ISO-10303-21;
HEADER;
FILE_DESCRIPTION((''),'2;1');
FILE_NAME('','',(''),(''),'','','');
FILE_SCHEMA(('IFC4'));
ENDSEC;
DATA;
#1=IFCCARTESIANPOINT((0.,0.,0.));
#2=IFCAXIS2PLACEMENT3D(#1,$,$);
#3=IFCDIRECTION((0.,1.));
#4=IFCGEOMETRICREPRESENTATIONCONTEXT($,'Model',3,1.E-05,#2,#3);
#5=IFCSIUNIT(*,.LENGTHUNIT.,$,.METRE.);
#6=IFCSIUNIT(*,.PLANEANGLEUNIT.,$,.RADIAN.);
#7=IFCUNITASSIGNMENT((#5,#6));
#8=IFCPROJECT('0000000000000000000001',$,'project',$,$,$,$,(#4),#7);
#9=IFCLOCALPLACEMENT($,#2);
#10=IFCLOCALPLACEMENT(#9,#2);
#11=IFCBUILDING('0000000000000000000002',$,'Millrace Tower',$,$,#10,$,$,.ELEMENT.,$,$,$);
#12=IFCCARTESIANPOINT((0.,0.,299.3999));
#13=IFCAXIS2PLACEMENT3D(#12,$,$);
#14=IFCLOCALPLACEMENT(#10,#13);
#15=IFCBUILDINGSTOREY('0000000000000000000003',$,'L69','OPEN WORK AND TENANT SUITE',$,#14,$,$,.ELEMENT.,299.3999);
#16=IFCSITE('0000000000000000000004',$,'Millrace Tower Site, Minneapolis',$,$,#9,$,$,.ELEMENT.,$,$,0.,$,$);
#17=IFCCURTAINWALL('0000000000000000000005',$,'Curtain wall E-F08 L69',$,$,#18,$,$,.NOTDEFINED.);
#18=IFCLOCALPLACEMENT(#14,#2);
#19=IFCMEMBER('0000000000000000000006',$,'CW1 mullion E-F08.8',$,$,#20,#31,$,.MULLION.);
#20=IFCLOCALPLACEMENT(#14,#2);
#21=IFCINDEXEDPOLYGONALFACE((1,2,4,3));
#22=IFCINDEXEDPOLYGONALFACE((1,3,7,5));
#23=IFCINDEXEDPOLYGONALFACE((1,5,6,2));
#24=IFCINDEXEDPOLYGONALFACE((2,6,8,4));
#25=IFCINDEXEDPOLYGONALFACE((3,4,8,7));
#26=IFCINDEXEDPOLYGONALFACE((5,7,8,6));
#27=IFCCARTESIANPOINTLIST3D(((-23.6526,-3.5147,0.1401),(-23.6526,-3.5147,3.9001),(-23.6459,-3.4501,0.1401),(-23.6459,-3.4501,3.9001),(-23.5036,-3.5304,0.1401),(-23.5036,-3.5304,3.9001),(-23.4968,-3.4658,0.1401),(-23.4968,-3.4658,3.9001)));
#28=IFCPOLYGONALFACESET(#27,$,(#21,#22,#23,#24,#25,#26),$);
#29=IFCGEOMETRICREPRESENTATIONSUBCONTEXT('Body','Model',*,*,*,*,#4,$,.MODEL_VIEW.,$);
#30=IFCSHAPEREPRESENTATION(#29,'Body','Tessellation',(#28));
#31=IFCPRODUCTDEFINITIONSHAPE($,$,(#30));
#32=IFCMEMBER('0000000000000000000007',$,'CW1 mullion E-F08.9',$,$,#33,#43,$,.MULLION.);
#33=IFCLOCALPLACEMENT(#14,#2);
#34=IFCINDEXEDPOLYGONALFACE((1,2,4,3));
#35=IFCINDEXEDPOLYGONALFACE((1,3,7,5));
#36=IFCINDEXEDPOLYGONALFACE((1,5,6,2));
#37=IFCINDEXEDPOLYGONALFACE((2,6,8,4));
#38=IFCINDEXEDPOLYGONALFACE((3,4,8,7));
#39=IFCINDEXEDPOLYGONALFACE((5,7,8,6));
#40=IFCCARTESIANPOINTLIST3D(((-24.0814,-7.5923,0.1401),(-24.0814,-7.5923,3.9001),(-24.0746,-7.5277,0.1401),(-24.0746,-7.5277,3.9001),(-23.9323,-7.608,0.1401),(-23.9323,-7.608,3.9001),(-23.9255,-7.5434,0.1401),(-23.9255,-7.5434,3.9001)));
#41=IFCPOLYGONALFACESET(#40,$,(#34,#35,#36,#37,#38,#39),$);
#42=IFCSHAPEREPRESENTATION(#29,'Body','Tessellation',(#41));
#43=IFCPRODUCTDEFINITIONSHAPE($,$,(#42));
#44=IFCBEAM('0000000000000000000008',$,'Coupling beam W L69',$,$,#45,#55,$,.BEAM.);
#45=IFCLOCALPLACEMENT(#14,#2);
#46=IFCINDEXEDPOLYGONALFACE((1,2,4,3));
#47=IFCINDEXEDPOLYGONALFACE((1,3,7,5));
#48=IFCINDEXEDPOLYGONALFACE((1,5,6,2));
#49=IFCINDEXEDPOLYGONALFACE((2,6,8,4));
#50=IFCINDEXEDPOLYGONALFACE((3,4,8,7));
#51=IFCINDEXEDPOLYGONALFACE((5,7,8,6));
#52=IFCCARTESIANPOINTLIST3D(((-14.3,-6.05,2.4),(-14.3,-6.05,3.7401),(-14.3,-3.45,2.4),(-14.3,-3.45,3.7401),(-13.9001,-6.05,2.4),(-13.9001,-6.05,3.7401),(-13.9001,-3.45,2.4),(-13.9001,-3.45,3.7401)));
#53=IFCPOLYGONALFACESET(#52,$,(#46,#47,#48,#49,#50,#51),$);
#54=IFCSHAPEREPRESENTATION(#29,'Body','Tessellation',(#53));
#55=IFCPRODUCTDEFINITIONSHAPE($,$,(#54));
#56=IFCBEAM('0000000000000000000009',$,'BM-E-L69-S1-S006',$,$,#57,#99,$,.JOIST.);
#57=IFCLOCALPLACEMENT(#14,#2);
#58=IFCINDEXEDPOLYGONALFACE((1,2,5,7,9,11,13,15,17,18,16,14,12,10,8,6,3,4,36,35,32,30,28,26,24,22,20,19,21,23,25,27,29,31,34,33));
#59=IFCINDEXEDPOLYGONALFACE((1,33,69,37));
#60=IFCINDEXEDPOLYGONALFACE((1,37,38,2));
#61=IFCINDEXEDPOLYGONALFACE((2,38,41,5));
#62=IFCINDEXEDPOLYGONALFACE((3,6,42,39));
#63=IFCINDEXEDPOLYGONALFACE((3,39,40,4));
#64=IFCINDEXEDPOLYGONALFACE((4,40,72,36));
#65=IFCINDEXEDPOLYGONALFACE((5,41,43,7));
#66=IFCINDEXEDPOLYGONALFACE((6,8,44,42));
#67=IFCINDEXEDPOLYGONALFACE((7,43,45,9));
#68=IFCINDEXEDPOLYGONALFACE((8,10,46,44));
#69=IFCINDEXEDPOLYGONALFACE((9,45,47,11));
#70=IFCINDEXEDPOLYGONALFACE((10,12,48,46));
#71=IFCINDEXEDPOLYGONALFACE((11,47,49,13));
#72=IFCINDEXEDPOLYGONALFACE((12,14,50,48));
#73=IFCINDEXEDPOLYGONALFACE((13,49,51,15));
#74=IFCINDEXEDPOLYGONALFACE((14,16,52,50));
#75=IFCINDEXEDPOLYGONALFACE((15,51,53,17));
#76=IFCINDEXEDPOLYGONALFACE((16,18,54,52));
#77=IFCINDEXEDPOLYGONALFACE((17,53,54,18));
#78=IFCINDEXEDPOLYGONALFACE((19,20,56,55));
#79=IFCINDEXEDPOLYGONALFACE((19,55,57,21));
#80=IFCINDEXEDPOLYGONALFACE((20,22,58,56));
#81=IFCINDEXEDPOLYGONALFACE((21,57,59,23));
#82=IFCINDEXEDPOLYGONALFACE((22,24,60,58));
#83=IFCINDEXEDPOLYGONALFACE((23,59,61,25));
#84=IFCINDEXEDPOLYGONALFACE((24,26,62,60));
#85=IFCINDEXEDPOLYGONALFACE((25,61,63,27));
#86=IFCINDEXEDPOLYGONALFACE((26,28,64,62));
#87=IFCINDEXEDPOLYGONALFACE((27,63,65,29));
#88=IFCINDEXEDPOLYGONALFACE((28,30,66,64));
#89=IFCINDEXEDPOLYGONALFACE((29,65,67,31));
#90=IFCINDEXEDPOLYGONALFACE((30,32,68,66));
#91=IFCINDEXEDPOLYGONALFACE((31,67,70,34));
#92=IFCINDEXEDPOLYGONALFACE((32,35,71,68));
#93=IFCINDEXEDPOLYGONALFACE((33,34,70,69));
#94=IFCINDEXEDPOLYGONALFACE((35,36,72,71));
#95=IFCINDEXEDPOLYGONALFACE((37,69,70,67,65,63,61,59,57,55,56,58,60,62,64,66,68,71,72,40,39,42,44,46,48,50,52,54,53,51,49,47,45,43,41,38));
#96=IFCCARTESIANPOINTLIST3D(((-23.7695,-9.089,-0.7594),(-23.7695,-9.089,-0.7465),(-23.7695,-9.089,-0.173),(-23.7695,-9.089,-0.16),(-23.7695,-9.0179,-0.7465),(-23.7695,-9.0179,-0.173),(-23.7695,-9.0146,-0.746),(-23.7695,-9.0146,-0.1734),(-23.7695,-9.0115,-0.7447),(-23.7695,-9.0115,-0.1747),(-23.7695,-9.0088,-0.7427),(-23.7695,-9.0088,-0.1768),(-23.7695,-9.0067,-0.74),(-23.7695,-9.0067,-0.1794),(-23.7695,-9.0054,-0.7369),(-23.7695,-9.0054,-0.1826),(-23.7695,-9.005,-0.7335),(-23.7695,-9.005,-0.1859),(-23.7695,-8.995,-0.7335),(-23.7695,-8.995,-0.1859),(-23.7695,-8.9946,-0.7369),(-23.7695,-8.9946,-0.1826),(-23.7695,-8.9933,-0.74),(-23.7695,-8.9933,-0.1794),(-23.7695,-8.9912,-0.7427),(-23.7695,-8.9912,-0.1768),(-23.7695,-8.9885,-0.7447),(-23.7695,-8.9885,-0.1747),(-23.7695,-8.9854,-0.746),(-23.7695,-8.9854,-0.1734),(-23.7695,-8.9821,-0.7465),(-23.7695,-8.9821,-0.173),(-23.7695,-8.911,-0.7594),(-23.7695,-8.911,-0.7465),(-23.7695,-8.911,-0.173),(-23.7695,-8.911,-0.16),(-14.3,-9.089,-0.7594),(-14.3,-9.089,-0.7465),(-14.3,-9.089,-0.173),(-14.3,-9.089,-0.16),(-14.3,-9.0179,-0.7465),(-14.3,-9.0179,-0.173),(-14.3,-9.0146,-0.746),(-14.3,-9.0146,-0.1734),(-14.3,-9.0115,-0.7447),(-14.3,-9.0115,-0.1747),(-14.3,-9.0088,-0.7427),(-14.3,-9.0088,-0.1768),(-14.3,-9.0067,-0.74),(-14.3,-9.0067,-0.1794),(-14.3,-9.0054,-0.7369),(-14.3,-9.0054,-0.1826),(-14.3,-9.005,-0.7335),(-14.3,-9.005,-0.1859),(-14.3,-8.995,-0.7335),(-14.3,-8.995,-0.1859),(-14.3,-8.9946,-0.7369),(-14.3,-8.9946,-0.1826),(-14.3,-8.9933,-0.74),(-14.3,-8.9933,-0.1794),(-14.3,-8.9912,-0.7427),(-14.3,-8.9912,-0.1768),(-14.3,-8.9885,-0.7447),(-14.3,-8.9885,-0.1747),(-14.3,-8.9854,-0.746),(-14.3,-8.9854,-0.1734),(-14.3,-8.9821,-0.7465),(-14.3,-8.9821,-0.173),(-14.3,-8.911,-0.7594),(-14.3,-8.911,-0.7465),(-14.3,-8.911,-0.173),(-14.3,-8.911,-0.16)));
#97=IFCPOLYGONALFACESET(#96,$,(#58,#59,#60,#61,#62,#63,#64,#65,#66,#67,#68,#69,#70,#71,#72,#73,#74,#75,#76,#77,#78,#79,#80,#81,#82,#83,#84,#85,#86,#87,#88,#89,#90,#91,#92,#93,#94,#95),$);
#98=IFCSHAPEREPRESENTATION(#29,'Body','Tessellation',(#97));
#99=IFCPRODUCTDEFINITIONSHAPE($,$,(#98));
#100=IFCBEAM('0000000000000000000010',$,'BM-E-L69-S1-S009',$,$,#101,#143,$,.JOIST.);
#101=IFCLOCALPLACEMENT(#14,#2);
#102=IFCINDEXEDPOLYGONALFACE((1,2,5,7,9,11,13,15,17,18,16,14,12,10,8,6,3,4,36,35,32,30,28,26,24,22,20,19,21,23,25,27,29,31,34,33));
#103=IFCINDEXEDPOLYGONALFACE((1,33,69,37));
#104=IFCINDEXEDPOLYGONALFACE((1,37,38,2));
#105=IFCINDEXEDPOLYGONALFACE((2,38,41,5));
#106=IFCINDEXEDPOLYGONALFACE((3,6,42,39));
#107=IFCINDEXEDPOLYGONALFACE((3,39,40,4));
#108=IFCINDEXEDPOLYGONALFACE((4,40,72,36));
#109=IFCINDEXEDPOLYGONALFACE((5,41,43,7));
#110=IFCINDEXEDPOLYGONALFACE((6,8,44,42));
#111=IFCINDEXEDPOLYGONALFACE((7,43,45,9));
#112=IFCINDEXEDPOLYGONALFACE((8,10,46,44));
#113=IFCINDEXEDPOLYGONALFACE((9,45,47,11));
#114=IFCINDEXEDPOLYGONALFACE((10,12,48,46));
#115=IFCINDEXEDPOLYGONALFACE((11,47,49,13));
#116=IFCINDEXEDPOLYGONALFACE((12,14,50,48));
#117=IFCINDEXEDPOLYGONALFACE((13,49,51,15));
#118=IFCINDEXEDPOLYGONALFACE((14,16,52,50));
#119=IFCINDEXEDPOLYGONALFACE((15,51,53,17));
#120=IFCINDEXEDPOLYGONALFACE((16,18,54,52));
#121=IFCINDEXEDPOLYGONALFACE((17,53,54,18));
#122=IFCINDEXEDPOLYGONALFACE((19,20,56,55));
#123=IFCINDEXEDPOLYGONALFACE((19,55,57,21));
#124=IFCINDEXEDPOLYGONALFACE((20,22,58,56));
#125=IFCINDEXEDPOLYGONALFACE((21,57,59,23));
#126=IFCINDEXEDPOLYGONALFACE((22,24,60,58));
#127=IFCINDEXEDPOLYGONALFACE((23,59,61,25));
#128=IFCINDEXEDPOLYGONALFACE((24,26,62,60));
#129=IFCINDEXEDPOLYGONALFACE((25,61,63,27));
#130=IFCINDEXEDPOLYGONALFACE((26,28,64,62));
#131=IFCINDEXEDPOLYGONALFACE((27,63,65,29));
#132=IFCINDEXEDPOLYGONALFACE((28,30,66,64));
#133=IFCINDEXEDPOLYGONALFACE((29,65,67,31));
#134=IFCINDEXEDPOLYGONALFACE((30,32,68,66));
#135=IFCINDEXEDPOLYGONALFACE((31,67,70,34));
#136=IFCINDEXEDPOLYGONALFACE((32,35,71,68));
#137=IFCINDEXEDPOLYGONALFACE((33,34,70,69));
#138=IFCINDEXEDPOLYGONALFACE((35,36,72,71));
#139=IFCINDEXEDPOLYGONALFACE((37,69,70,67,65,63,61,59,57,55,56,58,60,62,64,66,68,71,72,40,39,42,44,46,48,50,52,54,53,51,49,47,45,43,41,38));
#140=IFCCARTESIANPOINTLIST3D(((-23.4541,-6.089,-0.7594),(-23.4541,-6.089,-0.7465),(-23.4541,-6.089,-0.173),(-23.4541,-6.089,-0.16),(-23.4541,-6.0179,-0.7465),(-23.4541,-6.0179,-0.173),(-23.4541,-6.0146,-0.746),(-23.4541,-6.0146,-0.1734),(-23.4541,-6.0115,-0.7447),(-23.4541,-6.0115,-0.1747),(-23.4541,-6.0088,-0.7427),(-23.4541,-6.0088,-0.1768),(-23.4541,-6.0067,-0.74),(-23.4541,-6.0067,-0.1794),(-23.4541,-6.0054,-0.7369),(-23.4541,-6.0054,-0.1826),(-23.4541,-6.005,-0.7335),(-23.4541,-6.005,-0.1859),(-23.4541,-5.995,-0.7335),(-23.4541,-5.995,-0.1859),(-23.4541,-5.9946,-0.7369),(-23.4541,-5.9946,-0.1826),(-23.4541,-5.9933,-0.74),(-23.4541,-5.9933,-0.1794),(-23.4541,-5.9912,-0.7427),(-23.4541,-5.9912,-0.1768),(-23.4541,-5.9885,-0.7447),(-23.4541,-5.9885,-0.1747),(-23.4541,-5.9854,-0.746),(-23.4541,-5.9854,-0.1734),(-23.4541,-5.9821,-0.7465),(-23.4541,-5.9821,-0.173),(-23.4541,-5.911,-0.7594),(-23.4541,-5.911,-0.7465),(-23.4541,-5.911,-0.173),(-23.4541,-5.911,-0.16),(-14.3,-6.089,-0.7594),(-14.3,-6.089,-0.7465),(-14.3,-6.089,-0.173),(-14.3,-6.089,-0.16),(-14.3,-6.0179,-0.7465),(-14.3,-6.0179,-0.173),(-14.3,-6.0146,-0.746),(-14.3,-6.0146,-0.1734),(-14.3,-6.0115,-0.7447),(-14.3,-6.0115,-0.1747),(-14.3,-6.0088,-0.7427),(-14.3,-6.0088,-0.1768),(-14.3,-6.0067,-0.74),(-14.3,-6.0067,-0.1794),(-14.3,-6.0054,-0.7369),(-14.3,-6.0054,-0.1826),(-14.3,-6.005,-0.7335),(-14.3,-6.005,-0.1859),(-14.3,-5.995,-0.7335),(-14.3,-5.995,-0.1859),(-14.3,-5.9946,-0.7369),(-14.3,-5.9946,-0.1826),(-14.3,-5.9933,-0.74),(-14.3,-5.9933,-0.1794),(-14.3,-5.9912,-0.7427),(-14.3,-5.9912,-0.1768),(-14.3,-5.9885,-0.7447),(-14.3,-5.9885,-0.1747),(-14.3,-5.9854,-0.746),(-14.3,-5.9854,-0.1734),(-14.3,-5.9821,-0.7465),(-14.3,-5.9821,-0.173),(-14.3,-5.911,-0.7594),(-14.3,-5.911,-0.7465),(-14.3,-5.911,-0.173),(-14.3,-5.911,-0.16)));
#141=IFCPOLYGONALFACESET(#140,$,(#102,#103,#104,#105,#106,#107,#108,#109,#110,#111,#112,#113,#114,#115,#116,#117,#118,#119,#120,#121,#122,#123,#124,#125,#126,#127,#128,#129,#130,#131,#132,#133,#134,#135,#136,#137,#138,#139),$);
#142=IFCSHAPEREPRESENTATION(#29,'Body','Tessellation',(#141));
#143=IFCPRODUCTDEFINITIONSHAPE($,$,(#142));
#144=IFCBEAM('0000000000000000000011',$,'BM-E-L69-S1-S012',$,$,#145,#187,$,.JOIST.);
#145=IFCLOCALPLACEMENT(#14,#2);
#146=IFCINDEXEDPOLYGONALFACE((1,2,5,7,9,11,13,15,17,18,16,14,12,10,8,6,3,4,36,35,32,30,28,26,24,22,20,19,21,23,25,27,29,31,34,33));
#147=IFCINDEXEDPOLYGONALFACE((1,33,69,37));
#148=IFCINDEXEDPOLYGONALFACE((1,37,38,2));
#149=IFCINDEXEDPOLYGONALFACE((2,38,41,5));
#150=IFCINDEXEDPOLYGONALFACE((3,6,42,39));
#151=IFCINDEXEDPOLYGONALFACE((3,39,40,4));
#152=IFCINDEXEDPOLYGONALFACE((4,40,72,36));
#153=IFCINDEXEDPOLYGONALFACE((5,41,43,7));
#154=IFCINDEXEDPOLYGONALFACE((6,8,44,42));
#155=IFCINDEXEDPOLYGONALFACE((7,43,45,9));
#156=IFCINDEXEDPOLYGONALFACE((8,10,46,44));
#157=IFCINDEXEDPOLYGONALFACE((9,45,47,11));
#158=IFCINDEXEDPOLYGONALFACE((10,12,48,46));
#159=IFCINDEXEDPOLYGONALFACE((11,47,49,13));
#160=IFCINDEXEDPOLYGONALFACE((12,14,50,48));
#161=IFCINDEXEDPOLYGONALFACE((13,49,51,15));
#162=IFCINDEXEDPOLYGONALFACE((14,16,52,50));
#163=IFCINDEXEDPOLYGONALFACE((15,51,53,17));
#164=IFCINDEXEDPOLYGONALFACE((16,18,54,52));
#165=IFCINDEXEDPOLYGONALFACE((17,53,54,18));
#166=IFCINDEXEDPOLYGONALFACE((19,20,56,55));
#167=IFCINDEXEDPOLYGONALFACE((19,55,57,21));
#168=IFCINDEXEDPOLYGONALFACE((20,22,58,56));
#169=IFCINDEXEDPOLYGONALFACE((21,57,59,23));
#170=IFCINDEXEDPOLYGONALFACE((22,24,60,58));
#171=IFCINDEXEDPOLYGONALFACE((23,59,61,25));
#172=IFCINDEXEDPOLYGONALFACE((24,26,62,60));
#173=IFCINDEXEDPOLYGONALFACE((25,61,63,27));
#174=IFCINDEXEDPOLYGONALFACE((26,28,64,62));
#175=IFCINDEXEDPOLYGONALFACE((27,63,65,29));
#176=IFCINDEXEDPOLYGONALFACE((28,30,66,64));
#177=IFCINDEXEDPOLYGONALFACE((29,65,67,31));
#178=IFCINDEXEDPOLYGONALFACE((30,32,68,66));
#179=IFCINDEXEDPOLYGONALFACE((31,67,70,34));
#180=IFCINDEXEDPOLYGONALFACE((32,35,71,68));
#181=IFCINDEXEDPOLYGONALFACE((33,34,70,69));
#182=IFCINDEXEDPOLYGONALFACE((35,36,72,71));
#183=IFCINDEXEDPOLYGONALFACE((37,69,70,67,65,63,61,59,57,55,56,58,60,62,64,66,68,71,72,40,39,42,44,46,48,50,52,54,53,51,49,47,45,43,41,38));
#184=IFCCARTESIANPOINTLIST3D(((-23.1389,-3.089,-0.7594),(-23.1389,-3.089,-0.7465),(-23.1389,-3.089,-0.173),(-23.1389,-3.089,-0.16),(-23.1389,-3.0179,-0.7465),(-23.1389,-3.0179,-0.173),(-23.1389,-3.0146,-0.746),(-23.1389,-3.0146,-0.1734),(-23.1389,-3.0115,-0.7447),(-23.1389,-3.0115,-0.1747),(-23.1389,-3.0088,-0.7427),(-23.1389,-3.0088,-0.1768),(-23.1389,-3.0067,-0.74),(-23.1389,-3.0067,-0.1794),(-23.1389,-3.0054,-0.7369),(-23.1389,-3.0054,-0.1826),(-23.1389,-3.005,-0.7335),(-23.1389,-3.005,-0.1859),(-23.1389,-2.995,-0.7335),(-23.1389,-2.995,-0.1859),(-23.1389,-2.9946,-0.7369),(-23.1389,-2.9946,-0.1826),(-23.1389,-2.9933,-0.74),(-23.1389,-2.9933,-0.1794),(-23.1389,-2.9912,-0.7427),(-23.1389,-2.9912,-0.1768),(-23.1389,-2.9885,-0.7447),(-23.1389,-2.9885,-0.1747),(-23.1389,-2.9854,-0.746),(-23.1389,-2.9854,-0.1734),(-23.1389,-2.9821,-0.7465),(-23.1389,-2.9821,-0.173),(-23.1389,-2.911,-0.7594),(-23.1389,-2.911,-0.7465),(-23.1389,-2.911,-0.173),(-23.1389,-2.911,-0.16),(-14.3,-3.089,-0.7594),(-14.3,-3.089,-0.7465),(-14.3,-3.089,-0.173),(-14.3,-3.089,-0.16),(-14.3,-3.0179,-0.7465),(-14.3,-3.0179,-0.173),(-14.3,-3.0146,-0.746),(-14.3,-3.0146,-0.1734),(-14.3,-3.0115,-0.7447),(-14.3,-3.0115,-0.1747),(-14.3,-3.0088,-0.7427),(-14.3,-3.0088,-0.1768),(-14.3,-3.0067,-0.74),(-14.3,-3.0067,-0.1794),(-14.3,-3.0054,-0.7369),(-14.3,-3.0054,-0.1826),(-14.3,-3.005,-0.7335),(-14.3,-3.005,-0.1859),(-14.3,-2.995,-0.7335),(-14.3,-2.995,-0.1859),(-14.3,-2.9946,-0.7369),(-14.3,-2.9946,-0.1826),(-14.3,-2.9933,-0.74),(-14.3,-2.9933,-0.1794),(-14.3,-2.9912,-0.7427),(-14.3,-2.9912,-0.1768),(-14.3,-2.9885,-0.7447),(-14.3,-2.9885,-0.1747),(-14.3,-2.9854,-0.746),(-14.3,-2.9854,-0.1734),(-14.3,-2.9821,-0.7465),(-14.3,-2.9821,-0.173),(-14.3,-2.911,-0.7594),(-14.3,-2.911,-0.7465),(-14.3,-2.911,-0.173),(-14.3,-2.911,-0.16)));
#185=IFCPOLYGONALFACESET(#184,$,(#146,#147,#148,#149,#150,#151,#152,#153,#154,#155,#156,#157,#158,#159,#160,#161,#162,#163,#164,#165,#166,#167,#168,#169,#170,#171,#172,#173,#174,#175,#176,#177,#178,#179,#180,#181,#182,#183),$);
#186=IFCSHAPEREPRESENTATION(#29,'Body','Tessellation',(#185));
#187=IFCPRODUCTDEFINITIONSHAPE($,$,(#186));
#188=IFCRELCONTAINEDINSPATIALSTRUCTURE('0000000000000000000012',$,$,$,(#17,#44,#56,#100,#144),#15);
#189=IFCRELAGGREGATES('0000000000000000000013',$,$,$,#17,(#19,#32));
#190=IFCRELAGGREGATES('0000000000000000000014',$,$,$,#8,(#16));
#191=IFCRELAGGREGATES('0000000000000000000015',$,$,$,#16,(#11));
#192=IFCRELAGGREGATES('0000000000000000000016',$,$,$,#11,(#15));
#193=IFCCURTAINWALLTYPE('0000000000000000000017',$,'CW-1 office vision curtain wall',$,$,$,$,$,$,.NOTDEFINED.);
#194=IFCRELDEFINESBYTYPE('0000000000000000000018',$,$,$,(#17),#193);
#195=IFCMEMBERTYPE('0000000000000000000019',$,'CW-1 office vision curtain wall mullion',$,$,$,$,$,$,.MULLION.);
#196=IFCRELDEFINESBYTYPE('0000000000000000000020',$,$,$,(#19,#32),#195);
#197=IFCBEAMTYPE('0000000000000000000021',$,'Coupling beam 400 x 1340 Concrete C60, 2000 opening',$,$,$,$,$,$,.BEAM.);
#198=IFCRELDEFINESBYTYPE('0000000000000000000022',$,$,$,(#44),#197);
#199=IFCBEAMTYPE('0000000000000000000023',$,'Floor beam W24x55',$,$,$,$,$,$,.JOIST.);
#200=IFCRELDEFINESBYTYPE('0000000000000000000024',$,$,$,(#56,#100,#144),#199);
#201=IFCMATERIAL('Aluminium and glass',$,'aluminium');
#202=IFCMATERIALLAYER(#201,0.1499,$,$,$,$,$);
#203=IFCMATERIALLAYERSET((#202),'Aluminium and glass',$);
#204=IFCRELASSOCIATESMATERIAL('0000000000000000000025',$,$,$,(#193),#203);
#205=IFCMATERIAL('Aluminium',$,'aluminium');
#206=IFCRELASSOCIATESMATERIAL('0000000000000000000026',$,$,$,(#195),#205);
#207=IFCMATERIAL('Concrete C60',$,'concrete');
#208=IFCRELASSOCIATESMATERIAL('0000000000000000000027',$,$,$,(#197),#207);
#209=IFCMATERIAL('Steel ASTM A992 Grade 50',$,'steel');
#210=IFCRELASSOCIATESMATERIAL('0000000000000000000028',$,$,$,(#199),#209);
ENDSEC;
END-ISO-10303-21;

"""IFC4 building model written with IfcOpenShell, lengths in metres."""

from ifc_helpers import new_model, si_unit, direction, frame, origin, origin_2d, place, context, subcontext, project, spatial, rectangle, i_section, extrude, material, layer, layer_set, material_profile, profile_set, type_object, element, aggregate, save


model = new_model("IFC4")

# Units and contexts
model_context = context("Model", 3, precision=1e-05, world=origin(), true_north=direction((0.0, 1.0)))
body_context = subcontext(model_context, "Body", "Model", "MODEL_VIEW")
ifc_project = project(units=[si_unit("LENGTHUNIT", "METRE"), si_unit("PLANEANGLEUNIT", "RADIAN")], contexts=[model_context])

# Site, building, storey
site_placement = place(None, origin())
site = spatial("IfcSite", under=ifc_project, at=site_placement, Name="Millrace Tower Site, Minneapolis", CompositionType="ELEMENT", RefElevation=0.0)
building_placement = place(site_placement, origin())
building = spatial("IfcBuilding", under=site, at=building_placement, Name="Millrace Tower", CompositionType="ELEMENT")
storey_placement = place(building_placement, frame((0.0, 0.0, 299.3999)))
storey = spatial("IfcBuildingStorey", under=building, at=storey_placement, Name="L69", Description="OPEN WORK AND TENANT SUITE", CompositionType="ELEMENT", Elevation=299.3999)

# Curtain wall, members
ifc_material_1 = material(Name="Aluminium and glass", Category="aluminium")
ifc_layer_1 = layer(ifc_material_1, 0.1499)
ifc_layer_set_1 = layer_set([ifc_layer_1], Name="Aluminium and glass")
curtain_wall_type = type_object("IfcCurtainWallType", Name="CW-1 office vision curtain wall", PredefinedType="NOTDEFINED", material=ifc_layer_set_1)
curtain_wall_placement = place(storey_placement, origin())
curtain_wall = element("IfcCurtainWall", 1, at=curtain_wall_placement, inside=storey, type_object=curtain_wall_type, Name="Curtain wall E-F08 L69", PredefinedType="NOTDEFINED")
ifc_material_2 = material(Name="Aluminium", Category="aluminium")
ifc_material_profile_1 = material_profile(ifc_material_2, rectangle(XDim=0.0649, YDim=0.1499, at=origin_2d()))
ifc_profile_set_1 = profile_set([ifc_material_profile_1], Name="Aluminium")
member_type = type_object("IfcMemberType", Name="CW-1 office vision curtain wall mullion", PredefinedType="MULLION", material=ifc_profile_set_1)
member_1_placement = place(storey_placement, frame((-23.5747, -3.4902, 0.1401), z_axis=(0.0, 0.0, 1.0), x_axis=(-0.104528, -0.994522, 0.0)))
member_1 = element("IfcMember", 2, at=member_1_placement, type_object=member_type, Name="CW1 mullion E-F08.8", PredefinedType="MULLION", context=body_context, shape_type="SweptSolid", body=[
    extrude(rectangle(XDim=0.0649, YDim=0.1499, at=origin_2d()), origin(), (0.0, 0.0, 1.0), 3.76),
])
member_2_placement = place(storey_placement, frame((-24.0034, -7.5679, 0.1401), z_axis=(0.0, 0.0, 1.0), x_axis=(-0.104528, -0.994522, 0.0)))
member_2 = element("IfcMember", 3, at=member_2_placement, type_object=member_type, Name="CW1 mullion E-F08.9", PredefinedType="MULLION", context=body_context, shape_type="SweptSolid", body=[
    extrude(rectangle(XDim=0.0649, YDim=0.1499, at=origin_2d()), origin(), (0.0, 0.0, 1.0), 3.76),
])
aggregate(curtain_wall, [member_1, member_2])

# Beams
ifc_material_3 = material(Name="Concrete C60", Category="concrete")
ifc_material_profile_2 = material_profile(ifc_material_3, rectangle(XDim=0.3999, YDim=1.3401, at=origin_2d()))
ifc_profile_set_2 = profile_set([ifc_material_profile_2], Name="Concrete C60")
beam_type_1 = type_object("IfcBeamType", Name="Coupling beam 400 x 1340 Concrete C60, 2000 opening", PredefinedType="BEAM", material=ifc_profile_set_2)
beam_1_placement = place(storey_placement, frame((-14.1001, -6.05, 3.0701), z_axis=(0.0, 1.0, 0.0), x_axis=(-1.0, 0.0, 0.0)))
element("IfcBeam", 4, at=beam_1_placement, inside=storey, type_object=beam_type_1, Name="Coupling beam W L69", PredefinedType="BEAM", context=body_context, shape_type="SweptSolid", body=[
    extrude(rectangle(XDim=0.3999, YDim=1.3401, at=origin_2d()), origin(), (0.0, 0.0, 1.0), 2.6001),
])
ifc_material_4 = material(Name="Steel ASTM A992 Grade 50", Category="steel")
ifc_material_profile_3 = material_profile(ifc_material_4, i_section(OverallWidth=0.178, OverallDepth=0.5994, WebThickness=0.01, FlangeThickness=0.0129, FilletRadius=0.0129, at=origin_2d()))
ifc_profile_set_3 = profile_set([ifc_material_profile_3], Name="Steel ASTM A992 Grade 50")
beam_type_2 = type_object("IfcBeamType", Name="Floor beam W24x55", PredefinedType="JOIST", material=ifc_profile_set_3)
beam_2_placement = place(storey_placement, frame((-23.7695, -9.0, -0.4597), z_axis=(1.0, 0.0, 0.0), x_axis=(0.0, 1.0, 0.0)))
element("IfcBeam", 5, at=beam_2_placement, inside=storey, type_object=beam_type_2, Name="BM-E-L69-S1-S006", PredefinedType="JOIST", context=body_context, shape_type="SweptSolid", body=[
    extrude(i_section(OverallWidth=0.178, OverallDepth=0.5994, WebThickness=0.01, FlangeThickness=0.0129, FilletRadius=0.0129, at=origin_2d()), origin(), (0.0, 0.0, 1.0), 9.4695),
])
beam_3_placement = place(storey_placement, frame((-23.4541, -6.0, -0.4597), z_axis=(1.0, 0.0, 0.0), x_axis=(0.0, 1.0, 0.0)))
element("IfcBeam", 6, at=beam_3_placement, inside=storey, type_object=beam_type_2, Name="BM-E-L69-S1-S009", PredefinedType="JOIST", context=body_context, shape_type="SweptSolid", body=[
    extrude(i_section(OverallWidth=0.178, OverallDepth=0.5994, WebThickness=0.01, FlangeThickness=0.0129, FilletRadius=0.0129, at=origin_2d()), origin(), (0.0, 0.0, 1.0), 9.1541),
])
beam_4_placement = place(storey_placement, frame((-23.1389, -3.0, -0.4597), z_axis=(1.0, 0.0, 0.0), x_axis=(0.0, 1.0, 0.0)))
element("IfcBeam", 7, at=beam_4_placement, inside=storey, type_object=beam_type_2, Name="BM-E-L69-S1-S012", PredefinedType="JOIST", context=body_context, shape_type="SweptSolid", body=[
    extrude(i_section(OverallWidth=0.178, OverallDepth=0.5994, WebThickness=0.01, FlangeThickness=0.0129, FilletRadius=0.0129, at=origin_2d()), origin(), (0.0, 0.0, 1.0), 8.8389),
])

save(model, "model.ifc")
